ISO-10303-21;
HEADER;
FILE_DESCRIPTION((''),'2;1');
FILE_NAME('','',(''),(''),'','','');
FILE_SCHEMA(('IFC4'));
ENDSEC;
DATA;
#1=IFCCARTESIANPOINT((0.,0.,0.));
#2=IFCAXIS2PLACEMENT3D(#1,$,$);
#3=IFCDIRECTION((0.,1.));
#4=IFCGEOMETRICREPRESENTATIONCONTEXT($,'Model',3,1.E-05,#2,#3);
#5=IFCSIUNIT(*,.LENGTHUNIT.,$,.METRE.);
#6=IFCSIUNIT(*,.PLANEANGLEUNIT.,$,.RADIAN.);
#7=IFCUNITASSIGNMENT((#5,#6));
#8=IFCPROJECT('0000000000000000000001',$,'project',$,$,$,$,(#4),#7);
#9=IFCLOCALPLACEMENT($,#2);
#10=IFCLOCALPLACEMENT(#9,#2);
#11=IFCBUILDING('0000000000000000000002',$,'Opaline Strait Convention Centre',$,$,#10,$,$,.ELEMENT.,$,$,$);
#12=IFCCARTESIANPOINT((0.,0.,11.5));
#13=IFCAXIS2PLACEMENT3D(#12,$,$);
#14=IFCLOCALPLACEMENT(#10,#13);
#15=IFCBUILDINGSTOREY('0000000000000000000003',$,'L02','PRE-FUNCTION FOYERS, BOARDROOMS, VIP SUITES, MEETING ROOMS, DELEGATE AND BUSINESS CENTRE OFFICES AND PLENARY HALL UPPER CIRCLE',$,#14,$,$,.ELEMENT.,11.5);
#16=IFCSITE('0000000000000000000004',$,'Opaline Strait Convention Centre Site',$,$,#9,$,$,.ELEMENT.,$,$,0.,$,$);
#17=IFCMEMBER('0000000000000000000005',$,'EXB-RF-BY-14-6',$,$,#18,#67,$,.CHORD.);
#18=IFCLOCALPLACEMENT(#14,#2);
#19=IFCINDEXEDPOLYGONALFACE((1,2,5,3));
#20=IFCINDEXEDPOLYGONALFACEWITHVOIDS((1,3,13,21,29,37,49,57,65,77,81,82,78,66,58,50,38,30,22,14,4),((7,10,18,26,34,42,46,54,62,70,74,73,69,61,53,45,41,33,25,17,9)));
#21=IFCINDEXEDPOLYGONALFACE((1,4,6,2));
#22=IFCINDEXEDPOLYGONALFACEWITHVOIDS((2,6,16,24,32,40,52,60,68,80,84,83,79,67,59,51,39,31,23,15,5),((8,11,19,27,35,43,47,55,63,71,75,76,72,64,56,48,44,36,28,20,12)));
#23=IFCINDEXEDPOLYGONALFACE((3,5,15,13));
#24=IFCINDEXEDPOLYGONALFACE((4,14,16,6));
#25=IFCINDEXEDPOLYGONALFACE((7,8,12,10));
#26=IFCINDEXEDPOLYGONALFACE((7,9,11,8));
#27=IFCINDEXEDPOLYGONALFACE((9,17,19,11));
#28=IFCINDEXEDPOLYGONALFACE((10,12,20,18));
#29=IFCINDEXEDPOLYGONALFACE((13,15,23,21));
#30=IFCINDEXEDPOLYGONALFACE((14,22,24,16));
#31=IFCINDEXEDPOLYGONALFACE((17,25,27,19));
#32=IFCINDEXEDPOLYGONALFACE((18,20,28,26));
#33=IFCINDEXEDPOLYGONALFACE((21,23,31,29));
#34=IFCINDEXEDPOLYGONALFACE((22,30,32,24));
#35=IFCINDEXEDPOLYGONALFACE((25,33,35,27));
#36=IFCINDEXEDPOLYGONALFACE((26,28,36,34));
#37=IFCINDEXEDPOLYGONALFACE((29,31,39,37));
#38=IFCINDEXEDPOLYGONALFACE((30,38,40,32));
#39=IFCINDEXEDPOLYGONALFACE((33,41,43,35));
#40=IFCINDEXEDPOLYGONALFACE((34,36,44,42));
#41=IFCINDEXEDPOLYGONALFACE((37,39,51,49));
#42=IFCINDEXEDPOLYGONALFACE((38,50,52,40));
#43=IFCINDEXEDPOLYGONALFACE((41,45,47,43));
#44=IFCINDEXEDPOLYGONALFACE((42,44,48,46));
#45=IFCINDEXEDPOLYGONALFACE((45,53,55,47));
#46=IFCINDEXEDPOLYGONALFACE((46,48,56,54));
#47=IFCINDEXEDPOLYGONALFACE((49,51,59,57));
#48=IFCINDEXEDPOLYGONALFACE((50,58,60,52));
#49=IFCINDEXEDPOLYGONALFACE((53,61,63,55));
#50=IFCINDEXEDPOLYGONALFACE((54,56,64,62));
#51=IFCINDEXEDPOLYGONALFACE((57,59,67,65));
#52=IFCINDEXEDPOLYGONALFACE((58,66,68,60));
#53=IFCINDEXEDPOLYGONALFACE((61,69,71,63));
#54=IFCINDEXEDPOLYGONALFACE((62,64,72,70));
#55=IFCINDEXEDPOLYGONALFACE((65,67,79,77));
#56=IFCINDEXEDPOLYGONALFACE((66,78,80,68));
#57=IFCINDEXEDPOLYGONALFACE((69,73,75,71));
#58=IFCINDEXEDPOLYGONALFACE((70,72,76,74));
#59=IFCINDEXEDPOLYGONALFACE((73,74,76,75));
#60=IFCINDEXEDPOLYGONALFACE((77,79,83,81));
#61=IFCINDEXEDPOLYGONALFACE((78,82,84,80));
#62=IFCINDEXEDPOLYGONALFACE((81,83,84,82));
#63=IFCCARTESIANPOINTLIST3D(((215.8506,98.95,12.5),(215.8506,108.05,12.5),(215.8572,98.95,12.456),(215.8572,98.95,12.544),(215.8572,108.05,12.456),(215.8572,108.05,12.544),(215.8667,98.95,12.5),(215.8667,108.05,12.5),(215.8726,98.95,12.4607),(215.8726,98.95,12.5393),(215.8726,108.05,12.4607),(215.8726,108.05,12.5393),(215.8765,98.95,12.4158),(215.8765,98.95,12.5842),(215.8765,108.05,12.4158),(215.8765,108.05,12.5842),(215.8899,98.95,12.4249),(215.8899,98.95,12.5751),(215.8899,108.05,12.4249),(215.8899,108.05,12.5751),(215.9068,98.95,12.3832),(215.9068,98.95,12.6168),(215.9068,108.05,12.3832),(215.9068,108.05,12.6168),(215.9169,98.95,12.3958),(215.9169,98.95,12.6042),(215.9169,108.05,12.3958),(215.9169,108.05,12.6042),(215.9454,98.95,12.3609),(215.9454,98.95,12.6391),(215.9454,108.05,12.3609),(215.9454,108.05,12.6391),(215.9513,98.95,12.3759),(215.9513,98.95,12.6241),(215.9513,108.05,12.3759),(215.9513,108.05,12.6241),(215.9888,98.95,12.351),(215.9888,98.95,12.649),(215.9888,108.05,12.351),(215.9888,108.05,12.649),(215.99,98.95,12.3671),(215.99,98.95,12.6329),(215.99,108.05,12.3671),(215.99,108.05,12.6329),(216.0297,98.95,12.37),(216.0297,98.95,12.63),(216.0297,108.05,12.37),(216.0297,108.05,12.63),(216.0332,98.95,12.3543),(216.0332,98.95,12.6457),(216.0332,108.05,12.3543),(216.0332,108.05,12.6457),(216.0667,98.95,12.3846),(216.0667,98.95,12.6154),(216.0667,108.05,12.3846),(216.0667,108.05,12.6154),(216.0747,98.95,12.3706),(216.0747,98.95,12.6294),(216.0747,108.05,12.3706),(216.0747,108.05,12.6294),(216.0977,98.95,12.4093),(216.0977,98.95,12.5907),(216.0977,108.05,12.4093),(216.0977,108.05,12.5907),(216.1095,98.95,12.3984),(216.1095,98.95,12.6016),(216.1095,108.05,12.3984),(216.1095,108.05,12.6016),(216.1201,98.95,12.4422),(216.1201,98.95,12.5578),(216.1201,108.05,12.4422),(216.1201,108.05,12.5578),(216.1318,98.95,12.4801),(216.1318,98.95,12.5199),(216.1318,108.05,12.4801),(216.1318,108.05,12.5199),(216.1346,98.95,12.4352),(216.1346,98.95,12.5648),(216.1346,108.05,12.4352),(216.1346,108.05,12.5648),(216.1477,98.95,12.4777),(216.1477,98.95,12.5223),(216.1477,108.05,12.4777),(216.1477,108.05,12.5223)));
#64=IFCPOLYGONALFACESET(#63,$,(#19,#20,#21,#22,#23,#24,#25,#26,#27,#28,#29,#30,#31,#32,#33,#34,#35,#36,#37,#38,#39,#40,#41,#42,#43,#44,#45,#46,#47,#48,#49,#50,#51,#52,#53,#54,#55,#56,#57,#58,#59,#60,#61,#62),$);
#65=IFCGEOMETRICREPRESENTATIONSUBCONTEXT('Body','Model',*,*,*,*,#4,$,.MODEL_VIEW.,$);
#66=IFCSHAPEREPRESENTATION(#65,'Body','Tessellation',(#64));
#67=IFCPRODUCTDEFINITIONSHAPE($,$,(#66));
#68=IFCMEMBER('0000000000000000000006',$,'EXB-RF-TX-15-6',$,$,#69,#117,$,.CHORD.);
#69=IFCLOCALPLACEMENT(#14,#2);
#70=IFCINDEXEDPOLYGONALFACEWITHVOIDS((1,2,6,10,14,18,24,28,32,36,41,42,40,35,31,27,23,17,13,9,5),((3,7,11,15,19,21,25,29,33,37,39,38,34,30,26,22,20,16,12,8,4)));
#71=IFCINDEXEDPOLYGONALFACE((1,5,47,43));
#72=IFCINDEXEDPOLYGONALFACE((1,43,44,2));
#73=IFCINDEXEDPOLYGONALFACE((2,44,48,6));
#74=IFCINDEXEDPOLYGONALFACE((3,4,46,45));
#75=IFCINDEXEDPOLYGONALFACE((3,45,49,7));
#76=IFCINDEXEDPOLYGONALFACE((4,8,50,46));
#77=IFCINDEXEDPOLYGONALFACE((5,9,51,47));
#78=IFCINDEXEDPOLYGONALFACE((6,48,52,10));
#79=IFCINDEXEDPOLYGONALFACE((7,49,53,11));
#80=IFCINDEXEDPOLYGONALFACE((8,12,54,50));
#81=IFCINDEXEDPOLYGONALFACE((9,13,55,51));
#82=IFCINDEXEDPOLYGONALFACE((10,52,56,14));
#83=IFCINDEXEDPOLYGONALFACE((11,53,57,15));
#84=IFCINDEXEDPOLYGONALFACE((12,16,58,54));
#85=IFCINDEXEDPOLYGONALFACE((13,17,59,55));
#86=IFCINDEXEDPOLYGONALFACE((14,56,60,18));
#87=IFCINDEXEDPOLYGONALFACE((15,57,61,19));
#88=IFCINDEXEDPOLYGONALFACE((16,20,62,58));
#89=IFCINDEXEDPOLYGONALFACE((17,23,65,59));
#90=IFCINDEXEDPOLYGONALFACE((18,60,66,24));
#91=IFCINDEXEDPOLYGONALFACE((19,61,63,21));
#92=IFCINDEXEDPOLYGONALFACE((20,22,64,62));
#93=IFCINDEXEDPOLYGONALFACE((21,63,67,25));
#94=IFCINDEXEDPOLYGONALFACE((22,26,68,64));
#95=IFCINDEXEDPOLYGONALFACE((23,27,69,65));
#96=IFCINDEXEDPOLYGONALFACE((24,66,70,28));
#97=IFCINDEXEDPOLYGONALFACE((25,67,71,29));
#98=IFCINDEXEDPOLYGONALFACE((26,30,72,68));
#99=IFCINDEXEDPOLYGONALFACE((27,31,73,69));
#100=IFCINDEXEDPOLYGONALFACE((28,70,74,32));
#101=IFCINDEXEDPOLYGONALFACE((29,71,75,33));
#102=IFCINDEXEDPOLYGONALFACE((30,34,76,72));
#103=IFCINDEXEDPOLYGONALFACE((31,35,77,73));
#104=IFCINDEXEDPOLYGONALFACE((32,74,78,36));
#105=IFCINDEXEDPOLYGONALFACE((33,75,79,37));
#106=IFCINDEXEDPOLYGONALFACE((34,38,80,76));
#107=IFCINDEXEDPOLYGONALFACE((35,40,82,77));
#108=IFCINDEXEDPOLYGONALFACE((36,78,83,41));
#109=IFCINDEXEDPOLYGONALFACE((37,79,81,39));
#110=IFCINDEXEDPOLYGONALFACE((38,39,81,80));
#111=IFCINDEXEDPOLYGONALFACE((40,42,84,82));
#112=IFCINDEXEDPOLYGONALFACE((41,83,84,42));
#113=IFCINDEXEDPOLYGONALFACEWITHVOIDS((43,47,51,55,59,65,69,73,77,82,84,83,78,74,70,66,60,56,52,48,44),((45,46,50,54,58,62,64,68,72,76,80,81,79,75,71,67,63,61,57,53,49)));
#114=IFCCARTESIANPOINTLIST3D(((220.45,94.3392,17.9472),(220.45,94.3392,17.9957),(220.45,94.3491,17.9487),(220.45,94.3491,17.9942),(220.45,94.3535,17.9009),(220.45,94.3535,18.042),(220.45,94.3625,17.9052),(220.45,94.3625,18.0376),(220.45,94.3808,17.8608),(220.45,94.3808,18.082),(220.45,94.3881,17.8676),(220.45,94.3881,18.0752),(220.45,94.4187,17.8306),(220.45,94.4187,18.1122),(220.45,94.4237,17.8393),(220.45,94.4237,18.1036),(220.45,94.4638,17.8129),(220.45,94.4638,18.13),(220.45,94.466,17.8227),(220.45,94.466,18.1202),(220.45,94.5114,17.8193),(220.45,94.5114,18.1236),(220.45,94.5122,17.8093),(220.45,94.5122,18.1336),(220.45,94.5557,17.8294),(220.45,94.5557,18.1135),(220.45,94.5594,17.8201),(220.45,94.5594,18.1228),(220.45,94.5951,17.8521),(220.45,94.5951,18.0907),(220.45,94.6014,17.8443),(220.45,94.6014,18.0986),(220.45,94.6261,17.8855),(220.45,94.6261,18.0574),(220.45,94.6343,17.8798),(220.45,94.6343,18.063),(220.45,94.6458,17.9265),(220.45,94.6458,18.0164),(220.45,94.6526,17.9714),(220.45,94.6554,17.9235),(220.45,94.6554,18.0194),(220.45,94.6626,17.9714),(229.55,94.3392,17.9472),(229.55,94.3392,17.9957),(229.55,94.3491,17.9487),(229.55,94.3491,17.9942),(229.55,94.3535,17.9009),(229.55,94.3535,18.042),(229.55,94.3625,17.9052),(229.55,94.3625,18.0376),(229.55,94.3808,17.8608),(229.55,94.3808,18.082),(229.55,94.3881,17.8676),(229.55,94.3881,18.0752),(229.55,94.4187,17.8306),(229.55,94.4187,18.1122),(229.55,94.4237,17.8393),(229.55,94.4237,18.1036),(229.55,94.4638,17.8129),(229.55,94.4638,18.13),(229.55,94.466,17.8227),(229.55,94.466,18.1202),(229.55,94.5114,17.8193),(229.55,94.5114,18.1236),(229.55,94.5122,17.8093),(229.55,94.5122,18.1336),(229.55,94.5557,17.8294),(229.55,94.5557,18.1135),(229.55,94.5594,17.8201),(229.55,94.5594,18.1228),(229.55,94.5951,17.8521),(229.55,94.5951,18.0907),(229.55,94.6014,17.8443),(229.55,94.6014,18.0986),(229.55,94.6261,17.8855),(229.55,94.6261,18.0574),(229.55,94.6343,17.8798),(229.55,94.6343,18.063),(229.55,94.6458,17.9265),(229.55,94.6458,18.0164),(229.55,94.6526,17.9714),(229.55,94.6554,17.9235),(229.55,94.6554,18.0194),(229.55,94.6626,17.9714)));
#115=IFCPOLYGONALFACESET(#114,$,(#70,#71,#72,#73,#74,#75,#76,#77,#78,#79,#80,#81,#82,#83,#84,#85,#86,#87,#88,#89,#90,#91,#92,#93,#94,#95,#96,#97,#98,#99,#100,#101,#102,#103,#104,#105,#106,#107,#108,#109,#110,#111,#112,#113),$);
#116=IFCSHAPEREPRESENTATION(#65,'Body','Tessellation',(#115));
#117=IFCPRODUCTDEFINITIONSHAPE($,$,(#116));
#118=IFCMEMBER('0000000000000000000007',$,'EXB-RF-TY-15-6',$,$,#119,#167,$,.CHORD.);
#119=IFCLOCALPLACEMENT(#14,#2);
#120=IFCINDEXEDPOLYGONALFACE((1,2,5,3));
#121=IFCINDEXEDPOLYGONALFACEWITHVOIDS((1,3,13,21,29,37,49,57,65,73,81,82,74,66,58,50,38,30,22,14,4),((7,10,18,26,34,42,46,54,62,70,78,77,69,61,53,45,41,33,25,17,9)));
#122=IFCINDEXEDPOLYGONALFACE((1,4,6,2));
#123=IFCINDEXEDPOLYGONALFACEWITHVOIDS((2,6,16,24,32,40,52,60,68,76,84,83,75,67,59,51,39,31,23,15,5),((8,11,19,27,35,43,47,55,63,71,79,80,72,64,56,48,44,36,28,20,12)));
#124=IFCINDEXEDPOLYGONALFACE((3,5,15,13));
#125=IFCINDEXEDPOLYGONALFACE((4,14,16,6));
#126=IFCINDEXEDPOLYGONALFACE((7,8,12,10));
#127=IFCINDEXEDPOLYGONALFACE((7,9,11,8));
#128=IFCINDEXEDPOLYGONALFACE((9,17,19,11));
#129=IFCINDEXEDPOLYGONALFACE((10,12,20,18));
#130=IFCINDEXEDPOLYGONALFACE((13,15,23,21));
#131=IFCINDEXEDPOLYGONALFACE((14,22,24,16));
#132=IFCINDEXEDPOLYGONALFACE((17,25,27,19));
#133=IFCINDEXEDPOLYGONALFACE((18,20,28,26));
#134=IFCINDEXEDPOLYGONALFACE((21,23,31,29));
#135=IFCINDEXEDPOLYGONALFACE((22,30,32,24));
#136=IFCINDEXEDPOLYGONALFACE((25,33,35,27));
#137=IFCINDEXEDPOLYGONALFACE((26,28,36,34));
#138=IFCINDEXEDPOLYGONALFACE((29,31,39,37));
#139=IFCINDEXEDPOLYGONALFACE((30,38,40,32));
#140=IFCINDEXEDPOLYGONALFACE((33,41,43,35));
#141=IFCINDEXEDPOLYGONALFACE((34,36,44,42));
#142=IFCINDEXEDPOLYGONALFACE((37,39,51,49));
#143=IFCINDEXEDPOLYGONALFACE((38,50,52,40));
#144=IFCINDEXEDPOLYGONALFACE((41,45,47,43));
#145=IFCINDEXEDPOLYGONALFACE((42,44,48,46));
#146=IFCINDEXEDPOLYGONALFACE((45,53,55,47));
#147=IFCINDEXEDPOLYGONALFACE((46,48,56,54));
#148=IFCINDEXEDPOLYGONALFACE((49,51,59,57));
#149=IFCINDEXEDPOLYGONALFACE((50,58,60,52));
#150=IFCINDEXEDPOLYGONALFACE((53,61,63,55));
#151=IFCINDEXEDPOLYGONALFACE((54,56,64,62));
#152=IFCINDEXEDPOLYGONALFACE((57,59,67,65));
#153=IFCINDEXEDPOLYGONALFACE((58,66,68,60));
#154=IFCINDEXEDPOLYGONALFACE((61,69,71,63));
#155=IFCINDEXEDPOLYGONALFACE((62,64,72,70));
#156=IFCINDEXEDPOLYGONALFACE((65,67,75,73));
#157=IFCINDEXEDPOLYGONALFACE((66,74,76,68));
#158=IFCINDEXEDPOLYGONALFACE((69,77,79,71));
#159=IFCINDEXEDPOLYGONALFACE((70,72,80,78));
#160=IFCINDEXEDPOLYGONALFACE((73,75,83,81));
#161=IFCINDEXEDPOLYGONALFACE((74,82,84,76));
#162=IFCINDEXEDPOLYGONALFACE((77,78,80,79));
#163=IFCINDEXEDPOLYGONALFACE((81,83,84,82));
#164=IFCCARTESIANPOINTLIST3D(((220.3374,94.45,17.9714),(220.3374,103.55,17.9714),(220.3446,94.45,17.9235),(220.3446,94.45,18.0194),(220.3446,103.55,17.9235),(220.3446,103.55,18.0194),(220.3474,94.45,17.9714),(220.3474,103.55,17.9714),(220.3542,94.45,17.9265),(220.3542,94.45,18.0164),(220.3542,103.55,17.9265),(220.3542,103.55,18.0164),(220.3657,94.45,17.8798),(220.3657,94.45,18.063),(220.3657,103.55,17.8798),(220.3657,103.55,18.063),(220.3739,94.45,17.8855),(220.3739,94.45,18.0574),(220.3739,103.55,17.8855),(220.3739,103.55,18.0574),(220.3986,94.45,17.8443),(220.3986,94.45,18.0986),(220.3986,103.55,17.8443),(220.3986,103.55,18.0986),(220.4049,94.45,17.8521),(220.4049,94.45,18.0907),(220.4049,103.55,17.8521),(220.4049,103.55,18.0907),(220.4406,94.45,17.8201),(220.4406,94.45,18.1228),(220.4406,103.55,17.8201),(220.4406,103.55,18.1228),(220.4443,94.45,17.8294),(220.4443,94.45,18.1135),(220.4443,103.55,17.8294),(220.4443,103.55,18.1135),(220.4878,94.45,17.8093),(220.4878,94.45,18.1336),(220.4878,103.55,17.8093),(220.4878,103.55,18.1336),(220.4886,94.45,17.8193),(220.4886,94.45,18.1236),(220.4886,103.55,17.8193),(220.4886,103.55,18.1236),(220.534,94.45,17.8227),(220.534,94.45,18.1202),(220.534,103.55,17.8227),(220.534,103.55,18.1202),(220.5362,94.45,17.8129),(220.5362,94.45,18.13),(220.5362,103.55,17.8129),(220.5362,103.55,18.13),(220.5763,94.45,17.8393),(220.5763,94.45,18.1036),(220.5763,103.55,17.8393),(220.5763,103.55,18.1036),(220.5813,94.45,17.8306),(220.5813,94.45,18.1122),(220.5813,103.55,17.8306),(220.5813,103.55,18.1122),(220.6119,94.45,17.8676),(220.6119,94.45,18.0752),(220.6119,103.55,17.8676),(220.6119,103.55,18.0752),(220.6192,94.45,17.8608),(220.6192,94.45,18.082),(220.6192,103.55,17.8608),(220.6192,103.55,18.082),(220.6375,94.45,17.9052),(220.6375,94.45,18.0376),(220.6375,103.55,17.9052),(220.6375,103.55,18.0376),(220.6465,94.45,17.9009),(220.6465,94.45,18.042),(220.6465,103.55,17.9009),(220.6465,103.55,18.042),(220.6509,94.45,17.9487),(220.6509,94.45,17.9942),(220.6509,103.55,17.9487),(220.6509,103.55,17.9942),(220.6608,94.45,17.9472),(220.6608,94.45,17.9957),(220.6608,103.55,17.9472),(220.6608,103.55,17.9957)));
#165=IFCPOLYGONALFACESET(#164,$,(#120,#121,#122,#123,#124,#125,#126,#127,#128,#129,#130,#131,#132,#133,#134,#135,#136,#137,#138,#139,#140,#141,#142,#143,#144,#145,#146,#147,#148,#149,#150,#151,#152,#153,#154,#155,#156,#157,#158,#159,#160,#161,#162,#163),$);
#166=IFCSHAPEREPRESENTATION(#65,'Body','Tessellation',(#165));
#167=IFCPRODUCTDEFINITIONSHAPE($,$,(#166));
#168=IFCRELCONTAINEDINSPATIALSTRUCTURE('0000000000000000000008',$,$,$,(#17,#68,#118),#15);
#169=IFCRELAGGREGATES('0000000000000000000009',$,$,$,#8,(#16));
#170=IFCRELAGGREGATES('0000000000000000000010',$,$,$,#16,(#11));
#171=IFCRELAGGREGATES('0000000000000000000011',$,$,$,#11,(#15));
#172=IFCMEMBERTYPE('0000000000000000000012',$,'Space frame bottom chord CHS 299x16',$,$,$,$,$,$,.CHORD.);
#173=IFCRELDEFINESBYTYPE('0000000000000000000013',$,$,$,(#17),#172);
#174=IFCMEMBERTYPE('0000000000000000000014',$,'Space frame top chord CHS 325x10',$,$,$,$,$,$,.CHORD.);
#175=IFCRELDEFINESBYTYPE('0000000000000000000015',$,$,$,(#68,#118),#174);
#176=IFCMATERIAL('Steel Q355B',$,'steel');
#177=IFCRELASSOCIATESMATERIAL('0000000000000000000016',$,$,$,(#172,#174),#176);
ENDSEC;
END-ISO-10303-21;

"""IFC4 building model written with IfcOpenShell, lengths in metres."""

from ifc_helpers import new_model, si_unit, direction, frame, origin, origin_2d, place, context, subcontext, project, spatial, hollow_circle, extrude, material, material_profile, profile_set, type_object, element, save


model = new_model("IFC4")

# Units and contexts
model_context = context("Model", 3, precision=1e-05, world=origin(), true_north=direction((0.0, 1.0)))
body_context = subcontext(model_context, "Body", "Model", "MODEL_VIEW")
ifc_project = project(units=[si_unit("LENGTHUNIT", "METRE"), si_unit("PLANEANGLEUNIT", "RADIAN")], contexts=[model_context])

# Site, building, storey
site_placement = place(None, origin())
site = spatial("IfcSite", under=ifc_project, at=site_placement, Name="Opaline Strait Convention Centre Site", CompositionType="ELEMENT", RefElevation=0.0)
building_placement = place(site_placement, origin())
building = spatial("IfcBuilding", under=site, at=building_placement, Name="Opaline Strait Convention Centre", CompositionType="ELEMENT")
storey_placement = place(building_placement, frame((0.0, 0.0, 11.5)))
storey = spatial("IfcBuildingStorey", under=building, at=storey_placement, Name="L02", Description="PRE-FUNCTION FOYERS, BOARDROOMS, VIP SUITES, MEETING ROOMS, DELEGATE AND BUSINESS CENTRE OFFICES AND PLENARY HALL UPPER CIRCLE", CompositionType="ELEMENT", Elevation=11.5)

# Members
ifc_material = material(Name="Steel Q355B", Category="steel")
ifc_material_profile_1 = material_profile(ifc_material, hollow_circle(Radius=0.1494, WallThickness=0.0161, at=origin_2d()), Name="CHS 299x16")
ifc_profile_set_1 = profile_set([ifc_material_profile_1], Name="Steel Q355B")
member_type_1 = type_object("IfcMemberType", Name="Space frame bottom chord CHS 299x16", PredefinedType="CHORD", material=ifc_profile_set_1)
for number, where, z_axis, x_axis, name in (
    (1, (216.0, 98.95, 12.5), (0.0, 1.0, 0.0), (-1.0, 0.0, 0.0), "EXB-RF-BY-14-6"),
):
    element("IfcMember", number, at=place(storey_placement, frame(where, z_axis=z_axis, x_axis=x_axis)), inside=storey, type_object=member_type_1, Name=name, PredefinedType="CHORD", context=body_context, shape_type="SweptSolid", body=[
        extrude(hollow_circle(Radius=0.1494, WallThickness=0.0161, at=origin_2d()), origin(), (0.0, 0.0, 1.0), 9.1001),
    ])
ifc_material_profile_2 = material_profile(ifc_material, hollow_circle(Radius=0.1626, WallThickness=0.01, at=origin_2d()), Name="CHS 325x10")
ifc_profile_set_2 = profile_set([ifc_material_profile_2], Name="Steel Q355B")
member_type_2 = type_object("IfcMemberType", Name="Space frame top chord CHS 325x10", PredefinedType="CHORD", material=ifc_profile_set_2)
for number, where, z_axis, x_axis, name in (
    (2, (220.45, 94.5, 17.9714), (1.0, 0.0, 0.0), (0.0, 1.0, 0.0), "EXB-RF-TX-15-6"),
    (3, (220.5, 94.45, 17.9714), (0.0, 1.0, 0.0), (-1.0, 0.0, 0.0), "EXB-RF-TY-15-6"),
):
    element("IfcMember", number, at=place(storey_placement, frame(where, z_axis=z_axis, x_axis=x_axis)), inside=storey, type_object=member_type_2, Name=name, PredefinedType="CHORD", context=body_context, shape_type="SweptSolid", body=[
        extrude(hollow_circle(Radius=0.1626, WallThickness=0.01, at=origin_2d()), origin(), (0.0, 0.0, 1.0), 9.1001),
    ])

save(model, "model.ifc")
